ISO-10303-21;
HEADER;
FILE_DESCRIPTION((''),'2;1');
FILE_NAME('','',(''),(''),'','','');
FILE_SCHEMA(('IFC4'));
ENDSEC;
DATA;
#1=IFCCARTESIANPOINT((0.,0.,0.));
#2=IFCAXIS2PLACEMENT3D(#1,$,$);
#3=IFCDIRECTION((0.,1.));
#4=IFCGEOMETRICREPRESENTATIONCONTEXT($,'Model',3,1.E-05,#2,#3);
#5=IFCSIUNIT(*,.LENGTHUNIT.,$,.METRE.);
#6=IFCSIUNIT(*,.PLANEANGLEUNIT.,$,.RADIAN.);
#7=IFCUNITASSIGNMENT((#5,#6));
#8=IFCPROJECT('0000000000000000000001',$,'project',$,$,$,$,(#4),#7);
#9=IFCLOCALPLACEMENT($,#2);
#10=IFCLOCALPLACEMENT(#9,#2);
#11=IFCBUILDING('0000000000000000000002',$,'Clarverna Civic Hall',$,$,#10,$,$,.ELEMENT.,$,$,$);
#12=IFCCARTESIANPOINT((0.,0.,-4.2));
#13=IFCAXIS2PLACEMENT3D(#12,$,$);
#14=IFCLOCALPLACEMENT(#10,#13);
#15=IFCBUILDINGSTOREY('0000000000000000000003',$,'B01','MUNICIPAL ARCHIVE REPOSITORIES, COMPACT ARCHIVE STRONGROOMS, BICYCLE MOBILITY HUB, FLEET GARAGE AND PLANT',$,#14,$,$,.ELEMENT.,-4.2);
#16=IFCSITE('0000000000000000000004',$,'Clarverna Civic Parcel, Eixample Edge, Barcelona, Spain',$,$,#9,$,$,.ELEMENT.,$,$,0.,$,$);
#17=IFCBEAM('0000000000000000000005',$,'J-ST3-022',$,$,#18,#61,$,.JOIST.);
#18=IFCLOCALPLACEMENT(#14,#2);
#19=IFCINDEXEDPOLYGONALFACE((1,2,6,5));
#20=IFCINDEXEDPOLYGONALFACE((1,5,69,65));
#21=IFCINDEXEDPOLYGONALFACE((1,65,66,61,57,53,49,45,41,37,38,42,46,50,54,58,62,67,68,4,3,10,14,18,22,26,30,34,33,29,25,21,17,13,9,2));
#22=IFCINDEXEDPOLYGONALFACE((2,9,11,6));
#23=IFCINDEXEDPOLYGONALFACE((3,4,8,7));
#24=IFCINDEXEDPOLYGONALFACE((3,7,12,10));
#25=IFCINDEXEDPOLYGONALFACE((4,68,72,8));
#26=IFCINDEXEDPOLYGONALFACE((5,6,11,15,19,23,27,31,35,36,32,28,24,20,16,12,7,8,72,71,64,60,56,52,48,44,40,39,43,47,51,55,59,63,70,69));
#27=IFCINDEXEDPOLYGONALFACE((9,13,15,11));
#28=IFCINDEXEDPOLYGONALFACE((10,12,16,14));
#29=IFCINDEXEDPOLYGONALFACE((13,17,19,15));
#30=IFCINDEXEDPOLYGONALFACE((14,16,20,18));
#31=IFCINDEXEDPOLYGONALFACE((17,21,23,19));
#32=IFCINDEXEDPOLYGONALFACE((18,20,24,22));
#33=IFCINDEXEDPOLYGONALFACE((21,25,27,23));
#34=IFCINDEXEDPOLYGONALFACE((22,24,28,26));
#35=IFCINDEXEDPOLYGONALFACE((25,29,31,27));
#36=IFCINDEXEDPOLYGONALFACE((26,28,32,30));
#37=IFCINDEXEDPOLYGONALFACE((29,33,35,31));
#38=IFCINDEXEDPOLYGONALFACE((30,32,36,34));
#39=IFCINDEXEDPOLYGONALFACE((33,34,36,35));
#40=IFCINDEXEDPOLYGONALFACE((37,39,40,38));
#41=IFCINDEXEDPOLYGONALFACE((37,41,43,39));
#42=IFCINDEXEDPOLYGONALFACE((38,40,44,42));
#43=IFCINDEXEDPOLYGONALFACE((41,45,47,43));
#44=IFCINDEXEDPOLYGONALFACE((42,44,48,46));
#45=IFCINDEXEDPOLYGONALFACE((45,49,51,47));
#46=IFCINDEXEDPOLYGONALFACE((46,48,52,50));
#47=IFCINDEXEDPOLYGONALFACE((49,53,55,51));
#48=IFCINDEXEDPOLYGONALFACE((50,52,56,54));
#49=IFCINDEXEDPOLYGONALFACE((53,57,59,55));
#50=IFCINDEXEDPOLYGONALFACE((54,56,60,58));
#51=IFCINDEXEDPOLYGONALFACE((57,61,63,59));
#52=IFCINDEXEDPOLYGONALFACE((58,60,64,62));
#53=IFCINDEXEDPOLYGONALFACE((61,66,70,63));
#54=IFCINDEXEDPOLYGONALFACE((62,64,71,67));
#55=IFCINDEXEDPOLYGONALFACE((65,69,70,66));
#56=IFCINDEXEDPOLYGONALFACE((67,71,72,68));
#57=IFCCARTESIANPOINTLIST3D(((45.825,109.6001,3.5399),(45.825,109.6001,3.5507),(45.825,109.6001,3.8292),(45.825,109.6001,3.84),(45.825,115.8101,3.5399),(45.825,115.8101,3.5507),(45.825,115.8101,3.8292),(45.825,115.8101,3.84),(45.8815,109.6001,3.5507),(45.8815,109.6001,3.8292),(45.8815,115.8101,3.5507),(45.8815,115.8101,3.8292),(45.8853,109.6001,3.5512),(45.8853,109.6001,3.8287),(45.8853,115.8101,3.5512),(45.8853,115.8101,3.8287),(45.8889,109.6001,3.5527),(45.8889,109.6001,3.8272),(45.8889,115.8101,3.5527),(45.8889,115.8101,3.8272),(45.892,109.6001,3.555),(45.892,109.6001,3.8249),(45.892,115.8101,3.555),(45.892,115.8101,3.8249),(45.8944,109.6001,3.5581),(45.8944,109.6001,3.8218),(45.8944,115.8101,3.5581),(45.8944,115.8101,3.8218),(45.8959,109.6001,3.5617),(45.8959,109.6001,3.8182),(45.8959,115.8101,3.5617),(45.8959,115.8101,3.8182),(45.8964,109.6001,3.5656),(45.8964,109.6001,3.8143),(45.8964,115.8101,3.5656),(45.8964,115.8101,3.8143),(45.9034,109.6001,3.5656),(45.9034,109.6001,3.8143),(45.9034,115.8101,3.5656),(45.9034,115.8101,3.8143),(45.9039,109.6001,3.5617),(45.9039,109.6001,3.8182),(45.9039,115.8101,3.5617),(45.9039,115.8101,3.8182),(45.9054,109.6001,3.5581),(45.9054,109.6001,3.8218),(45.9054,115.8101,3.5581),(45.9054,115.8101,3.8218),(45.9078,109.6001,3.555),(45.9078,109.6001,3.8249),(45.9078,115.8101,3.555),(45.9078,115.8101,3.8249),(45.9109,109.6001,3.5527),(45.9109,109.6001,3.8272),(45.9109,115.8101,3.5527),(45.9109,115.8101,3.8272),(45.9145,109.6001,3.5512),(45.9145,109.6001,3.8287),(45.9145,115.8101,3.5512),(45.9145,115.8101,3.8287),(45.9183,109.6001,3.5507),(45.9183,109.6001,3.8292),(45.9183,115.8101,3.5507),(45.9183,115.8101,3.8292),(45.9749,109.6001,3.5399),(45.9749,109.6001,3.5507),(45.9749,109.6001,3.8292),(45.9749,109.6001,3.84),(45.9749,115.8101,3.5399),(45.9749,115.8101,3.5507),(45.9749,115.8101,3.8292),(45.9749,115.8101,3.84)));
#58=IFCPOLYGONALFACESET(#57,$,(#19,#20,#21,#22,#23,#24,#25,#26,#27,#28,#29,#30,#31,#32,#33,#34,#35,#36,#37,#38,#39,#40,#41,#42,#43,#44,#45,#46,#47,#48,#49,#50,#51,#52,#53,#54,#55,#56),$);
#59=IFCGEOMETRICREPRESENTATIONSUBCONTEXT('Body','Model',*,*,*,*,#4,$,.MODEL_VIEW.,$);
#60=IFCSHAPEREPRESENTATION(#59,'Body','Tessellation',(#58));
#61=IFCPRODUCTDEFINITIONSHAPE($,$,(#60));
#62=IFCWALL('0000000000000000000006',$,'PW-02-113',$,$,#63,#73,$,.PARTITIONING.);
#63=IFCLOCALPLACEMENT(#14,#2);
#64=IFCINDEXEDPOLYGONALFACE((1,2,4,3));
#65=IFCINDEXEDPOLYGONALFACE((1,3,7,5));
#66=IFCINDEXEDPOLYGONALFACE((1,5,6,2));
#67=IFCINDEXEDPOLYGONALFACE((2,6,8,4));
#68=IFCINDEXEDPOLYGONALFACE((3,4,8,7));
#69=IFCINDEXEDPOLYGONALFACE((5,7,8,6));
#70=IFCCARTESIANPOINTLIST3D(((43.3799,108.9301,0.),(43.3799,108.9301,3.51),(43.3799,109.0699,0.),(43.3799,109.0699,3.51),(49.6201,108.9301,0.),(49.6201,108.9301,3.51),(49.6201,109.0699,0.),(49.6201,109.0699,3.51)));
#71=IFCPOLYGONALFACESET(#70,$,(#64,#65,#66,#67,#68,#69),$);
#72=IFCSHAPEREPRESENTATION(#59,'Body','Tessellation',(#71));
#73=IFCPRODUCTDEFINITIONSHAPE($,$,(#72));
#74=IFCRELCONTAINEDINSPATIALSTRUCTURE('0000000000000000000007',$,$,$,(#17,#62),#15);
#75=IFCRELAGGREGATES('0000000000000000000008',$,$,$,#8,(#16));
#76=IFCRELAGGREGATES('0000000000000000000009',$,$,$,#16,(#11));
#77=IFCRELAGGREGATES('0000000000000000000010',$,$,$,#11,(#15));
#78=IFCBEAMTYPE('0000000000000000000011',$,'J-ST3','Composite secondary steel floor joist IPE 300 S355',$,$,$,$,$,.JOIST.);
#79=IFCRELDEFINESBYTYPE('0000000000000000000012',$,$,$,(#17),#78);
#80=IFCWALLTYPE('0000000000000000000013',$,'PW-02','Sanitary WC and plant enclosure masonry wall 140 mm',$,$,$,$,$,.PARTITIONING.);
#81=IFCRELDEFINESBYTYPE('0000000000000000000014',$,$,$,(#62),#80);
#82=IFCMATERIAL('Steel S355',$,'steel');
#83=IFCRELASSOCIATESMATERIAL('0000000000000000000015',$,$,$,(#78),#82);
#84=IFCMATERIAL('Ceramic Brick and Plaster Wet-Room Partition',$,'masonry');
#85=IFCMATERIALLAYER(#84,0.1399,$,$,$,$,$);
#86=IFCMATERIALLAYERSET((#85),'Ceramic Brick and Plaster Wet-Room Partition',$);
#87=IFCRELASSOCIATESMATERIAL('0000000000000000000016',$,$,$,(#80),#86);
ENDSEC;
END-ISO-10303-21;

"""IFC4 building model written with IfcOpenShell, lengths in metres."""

from ifc_helpers import new_model, si_unit, direction, frame, frame_2d, origin, origin_2d, place, context, subcontext, project, spatial, rectangle, i_section, extrude, material, layer, layer_set, material_profile, profile_set, type_object, element, save


model = new_model("IFC4")

# Units and contexts
model_context = context("Model", 3, precision=1e-05, world=origin(), true_north=direction((0.0, 1.0)))
body_context = subcontext(model_context, "Body", "Model", "MODEL_VIEW")
ifc_project = project(units=[si_unit("LENGTHUNIT", "METRE"), si_unit("PLANEANGLEUNIT", "RADIAN")], contexts=[model_context])

# Site, building, storey
site_placement = place(None, origin())
site = spatial("IfcSite", under=ifc_project, at=site_placement, Name="Clarverna Civic Parcel, Eixample Edge, Barcelona, Spain", CompositionType="ELEMENT", RefElevation=0.0)
building_placement = place(site_placement, origin())
building = spatial("IfcBuilding", under=site, at=building_placement, Name="Clarverna Civic Hall", CompositionType="ELEMENT")
storey_placement = place(building_placement, frame((0.0, 0.0, -4.2)))
storey = spatial("IfcBuildingStorey", under=building, at=storey_placement, Name="B01", Description="MUNICIPAL ARCHIVE REPOSITORIES, COMPACT ARCHIVE STRONGROOMS, BICYCLE MOBILITY HUB, FLEET GARAGE AND PLANT", CompositionType="ELEMENT", Elevation=-4.2)

# Beam
ifc_material_1 = material(Name="Steel S355", Category="steel")
ifc_material_profile_1 = material_profile(ifc_material_1, i_section(OverallWidth=0.1499, OverallDepth=0.3, WebThickness=0.0071, FlangeThickness=0.0107, FilletRadius=0.0149, at=origin_2d()), Name="IPE 300")
ifc_profile_set_1 = profile_set([ifc_material_profile_1], Name="Steel S355")
beam_type_1 = type_object("IfcBeamType", Name="J-ST3", Description="Composite secondary steel floor joist IPE 300 S355", PredefinedType="JOIST", material=ifc_profile_set_1)
beam_1_placement = place(storey_placement, frame((45.8999, 109.6001, 3.6899), z_axis=(0.0, 1.0, 0.0), x_axis=(-1.0, 0.0, 0.0)))
element("IfcBeam", 1, at=beam_1_placement, inside=storey, type_object=beam_type_1, Name="J-ST3-022", PredefinedType="JOIST", context=body_context, shape_type="SweptSolid", body=[
    extrude(i_section(OverallWidth=0.1499, OverallDepth=0.3, WebThickness=0.0071, FlangeThickness=0.0107, FilletRadius=0.0149, at=origin_2d()), origin(), (0.0, 0.0, 1.0), 6.21),
])

# Wall
ifc_material_2 = material(Name="Ceramic Brick and Plaster Wet-Room Partition", Category="masonry")
ifc_layer = layer(ifc_material_2, 0.1399)
ifc_layer_set = layer_set([ifc_layer], Name="Ceramic Brick and Plaster Wet-Room Partition")
wall_type = type_object("IfcWallType", Name="PW-02", Description="Sanitary WC and plant enclosure masonry wall 140 mm", PredefinedType="PARTITIONING", material=ifc_layer_set)
wall_placement = place(storey_placement, frame((43.3799, 109.0, 0.0), z_axis=(0.0, 0.0, 1.0), x_axis=(1.0, 0.0, 0.0)))
element("IfcWall", 2, at=wall_placement, inside=storey, type_object=wall_type, Name="PW-02-113", PredefinedType="PARTITIONING", context=body_context, shape_type="SweptSolid", body=[
    extrude(rectangle(XDim=6.2402, YDim=0.1399, at=frame_2d((3.1201, 0.0))), origin(), (0.0, 0.0, 1.0), 3.51),
])

save(model, "model.ifc")
